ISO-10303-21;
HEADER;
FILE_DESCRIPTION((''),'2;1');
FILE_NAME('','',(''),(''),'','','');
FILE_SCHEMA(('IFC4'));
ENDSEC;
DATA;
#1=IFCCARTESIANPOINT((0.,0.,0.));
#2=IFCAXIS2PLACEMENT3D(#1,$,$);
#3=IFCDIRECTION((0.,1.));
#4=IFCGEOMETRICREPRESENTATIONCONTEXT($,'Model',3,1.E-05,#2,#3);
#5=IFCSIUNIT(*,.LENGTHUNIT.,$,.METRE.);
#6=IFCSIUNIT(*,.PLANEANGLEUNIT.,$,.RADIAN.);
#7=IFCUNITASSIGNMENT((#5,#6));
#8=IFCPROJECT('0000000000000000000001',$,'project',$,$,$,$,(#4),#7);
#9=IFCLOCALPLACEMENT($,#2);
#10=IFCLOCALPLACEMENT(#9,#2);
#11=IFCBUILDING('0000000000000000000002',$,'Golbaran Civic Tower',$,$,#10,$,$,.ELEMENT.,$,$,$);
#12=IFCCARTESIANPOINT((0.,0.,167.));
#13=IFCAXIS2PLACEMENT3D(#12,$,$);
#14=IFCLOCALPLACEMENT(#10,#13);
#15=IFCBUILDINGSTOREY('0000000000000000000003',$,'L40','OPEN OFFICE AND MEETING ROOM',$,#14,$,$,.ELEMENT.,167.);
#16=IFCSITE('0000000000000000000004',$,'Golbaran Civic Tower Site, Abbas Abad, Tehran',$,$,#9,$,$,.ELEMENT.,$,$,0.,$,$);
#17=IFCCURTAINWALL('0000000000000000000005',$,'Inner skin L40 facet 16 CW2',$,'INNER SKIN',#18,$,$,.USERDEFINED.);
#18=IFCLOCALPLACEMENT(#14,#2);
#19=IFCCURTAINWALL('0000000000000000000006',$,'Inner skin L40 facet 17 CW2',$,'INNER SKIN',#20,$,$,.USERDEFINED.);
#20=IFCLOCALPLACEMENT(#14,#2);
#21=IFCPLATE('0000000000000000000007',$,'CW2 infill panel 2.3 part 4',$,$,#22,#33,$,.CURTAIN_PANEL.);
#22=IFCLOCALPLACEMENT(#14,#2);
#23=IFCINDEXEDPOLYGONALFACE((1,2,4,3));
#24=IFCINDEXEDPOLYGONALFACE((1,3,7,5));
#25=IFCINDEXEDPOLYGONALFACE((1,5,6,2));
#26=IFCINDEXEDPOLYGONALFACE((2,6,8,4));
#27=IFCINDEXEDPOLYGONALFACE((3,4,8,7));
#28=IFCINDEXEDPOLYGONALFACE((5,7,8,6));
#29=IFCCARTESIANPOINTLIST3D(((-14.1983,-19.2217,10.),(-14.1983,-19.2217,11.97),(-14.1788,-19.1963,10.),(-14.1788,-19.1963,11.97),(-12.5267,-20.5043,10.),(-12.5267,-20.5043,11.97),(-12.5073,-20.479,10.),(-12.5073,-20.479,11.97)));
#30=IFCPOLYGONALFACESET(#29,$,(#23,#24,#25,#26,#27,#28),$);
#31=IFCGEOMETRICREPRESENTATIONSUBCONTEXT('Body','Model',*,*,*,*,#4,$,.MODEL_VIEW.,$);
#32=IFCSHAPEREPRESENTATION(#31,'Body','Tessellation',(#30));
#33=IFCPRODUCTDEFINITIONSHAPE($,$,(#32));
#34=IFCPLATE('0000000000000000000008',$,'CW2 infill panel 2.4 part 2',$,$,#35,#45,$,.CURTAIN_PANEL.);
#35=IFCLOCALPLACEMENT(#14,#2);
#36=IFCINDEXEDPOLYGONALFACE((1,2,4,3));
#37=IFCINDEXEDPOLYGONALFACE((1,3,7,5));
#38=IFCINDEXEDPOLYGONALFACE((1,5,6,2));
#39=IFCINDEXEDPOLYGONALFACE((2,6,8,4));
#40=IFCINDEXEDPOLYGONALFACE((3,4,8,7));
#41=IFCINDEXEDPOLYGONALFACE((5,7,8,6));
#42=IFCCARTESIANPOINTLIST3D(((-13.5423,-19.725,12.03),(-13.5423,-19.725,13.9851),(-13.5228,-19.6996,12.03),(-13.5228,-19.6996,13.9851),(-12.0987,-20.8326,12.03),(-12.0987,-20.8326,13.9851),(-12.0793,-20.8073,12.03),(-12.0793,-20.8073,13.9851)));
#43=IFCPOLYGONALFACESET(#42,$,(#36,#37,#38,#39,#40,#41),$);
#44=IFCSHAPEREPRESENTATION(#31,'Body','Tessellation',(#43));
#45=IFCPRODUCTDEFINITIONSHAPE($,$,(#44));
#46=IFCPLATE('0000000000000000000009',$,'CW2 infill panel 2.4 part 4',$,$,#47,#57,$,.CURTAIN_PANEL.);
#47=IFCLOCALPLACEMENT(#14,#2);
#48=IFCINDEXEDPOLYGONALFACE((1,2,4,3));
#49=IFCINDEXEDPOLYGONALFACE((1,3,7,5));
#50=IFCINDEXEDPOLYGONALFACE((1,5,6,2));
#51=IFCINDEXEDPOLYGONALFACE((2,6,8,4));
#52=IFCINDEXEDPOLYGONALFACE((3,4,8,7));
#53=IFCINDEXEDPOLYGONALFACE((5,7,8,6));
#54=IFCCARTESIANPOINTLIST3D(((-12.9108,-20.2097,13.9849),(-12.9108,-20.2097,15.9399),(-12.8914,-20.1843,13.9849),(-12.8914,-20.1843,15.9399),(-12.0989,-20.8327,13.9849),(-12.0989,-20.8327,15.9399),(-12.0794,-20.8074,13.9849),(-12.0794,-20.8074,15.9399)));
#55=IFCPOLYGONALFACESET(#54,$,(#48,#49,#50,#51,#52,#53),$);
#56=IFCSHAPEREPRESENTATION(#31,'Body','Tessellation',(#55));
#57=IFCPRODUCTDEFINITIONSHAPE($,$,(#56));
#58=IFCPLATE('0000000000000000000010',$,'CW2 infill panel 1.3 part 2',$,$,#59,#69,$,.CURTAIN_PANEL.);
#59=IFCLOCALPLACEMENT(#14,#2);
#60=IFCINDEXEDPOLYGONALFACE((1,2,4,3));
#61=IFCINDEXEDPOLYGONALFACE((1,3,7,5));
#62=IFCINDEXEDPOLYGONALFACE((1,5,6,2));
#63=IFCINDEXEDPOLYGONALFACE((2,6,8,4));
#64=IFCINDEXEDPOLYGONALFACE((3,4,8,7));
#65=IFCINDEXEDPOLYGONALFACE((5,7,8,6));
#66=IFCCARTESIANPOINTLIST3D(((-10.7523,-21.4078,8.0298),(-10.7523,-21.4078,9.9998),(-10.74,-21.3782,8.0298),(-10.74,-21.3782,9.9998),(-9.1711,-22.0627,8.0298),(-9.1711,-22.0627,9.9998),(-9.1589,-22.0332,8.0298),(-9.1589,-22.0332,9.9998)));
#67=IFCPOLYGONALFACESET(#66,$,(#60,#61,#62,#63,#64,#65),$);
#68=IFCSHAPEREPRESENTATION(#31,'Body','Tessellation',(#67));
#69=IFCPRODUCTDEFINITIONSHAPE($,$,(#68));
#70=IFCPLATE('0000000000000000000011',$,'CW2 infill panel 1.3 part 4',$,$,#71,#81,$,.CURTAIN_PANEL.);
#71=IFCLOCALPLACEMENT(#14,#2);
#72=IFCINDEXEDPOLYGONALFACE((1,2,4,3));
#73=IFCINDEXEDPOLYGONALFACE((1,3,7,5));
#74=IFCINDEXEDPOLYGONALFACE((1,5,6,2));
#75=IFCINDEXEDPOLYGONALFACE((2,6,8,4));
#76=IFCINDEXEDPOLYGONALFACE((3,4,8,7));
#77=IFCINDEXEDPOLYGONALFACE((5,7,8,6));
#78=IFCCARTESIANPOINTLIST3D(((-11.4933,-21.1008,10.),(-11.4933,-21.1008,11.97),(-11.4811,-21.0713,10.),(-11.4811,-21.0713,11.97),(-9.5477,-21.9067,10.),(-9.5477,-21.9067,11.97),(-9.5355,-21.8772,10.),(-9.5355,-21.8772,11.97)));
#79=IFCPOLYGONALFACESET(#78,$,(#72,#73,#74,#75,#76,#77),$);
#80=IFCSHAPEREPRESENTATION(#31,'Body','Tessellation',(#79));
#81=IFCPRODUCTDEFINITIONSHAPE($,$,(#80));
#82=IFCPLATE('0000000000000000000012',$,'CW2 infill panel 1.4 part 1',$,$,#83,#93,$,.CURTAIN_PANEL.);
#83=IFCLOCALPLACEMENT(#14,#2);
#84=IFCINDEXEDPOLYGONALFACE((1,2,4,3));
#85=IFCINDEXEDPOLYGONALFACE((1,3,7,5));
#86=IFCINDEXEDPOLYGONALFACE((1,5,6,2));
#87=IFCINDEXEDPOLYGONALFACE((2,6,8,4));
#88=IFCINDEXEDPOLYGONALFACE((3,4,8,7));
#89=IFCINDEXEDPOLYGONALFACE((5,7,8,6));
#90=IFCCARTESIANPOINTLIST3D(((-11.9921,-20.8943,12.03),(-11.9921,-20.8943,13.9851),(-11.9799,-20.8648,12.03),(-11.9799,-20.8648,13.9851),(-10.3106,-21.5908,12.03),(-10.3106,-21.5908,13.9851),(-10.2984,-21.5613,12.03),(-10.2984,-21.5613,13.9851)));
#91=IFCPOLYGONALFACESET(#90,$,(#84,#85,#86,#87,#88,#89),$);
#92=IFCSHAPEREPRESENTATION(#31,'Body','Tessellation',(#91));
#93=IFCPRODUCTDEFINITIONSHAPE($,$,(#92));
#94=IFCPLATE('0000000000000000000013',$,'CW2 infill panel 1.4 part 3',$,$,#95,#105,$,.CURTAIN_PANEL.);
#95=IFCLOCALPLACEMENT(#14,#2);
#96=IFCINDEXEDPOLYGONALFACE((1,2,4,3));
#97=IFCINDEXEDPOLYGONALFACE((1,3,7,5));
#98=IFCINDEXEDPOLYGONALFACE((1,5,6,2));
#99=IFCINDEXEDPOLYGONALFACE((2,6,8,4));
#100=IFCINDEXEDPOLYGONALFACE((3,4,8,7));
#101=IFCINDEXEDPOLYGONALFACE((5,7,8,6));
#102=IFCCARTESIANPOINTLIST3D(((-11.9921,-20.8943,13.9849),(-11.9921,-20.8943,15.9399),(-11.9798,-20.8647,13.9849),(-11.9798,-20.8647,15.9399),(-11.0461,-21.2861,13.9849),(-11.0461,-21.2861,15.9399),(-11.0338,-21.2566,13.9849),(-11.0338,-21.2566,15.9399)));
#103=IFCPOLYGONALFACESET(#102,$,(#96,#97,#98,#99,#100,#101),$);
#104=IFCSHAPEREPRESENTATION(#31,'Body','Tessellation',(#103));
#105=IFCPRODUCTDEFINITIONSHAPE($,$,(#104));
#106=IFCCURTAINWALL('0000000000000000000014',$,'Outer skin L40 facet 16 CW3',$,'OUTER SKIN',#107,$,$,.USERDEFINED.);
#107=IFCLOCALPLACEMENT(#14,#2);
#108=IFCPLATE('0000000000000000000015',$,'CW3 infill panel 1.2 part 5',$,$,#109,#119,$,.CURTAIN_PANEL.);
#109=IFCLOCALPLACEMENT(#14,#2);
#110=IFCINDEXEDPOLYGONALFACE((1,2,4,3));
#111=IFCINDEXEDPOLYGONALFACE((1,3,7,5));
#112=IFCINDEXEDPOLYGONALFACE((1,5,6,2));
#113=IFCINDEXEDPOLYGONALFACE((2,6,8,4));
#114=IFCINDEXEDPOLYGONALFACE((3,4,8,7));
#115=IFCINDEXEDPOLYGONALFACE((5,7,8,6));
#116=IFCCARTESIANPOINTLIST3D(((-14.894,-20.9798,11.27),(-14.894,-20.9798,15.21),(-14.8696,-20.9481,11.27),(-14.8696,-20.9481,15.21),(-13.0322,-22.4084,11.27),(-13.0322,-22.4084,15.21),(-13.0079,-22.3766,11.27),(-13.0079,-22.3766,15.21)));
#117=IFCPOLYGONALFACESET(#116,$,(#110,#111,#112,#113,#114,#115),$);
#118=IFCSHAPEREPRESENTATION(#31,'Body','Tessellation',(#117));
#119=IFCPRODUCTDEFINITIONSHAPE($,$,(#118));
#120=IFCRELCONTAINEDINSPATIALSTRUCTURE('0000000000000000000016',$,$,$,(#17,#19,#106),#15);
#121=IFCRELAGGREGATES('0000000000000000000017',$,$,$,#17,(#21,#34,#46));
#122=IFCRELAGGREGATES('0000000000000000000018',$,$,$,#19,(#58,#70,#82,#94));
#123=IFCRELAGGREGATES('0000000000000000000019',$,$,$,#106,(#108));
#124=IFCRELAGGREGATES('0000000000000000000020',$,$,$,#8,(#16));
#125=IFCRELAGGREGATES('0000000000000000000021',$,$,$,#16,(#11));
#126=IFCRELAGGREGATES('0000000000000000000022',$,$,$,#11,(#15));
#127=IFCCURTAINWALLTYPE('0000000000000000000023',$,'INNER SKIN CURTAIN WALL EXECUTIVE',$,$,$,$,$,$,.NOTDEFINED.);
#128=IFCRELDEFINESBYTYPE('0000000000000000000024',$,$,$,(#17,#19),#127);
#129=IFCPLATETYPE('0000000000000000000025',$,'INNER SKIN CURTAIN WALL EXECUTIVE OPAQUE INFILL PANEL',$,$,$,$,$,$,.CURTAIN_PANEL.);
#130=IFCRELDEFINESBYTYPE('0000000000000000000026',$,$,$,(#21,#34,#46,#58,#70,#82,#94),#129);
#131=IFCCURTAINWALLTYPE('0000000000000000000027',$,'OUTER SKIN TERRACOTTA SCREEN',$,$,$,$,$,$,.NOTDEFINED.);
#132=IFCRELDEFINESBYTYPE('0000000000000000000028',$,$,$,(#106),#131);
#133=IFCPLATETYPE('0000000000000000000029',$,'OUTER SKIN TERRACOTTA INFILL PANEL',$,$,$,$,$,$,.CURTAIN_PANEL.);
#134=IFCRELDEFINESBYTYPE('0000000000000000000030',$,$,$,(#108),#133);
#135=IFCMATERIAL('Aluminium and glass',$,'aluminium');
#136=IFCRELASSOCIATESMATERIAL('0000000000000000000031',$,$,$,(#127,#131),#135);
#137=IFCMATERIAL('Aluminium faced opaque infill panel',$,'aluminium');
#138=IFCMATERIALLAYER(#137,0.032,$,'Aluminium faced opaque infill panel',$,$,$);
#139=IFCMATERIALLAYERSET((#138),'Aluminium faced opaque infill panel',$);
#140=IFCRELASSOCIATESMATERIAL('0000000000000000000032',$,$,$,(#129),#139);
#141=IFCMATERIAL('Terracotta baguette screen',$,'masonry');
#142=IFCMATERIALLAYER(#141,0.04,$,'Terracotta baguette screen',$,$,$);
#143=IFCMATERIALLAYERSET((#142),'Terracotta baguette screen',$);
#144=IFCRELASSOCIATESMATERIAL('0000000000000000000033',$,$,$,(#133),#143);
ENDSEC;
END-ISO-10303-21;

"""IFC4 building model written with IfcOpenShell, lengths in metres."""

from ifc_helpers import new_model, si_unit, direction, frame, origin, origin_2d, place, context, subcontext, project, spatial, rectangle, extrude, material, layer, layer_set, type_object, element, aggregate, save


model = new_model("IFC4")

# Units and contexts
model_context = context("Model", 3, precision=1e-05, world=origin(), true_north=direction((0.0, 1.0)))
body_context = subcontext(model_context, "Body", "Model", "MODEL_VIEW")
ifc_project = project(units=[si_unit("LENGTHUNIT", "METRE"), si_unit("PLANEANGLEUNIT", "RADIAN")], contexts=[model_context])

# Site, building, storey
site_placement = place(None, origin())
site = spatial("IfcSite", under=ifc_project, at=site_placement, Name="Golbaran Civic Tower Site, Abbas Abad, Tehran", CompositionType="ELEMENT", RefElevation=0.0)
building_placement = place(site_placement, origin())
building = spatial("IfcBuilding", under=site, at=building_placement, Name="Golbaran Civic Tower", CompositionType="ELEMENT")
storey_placement = place(building_placement, frame((0.0, 0.0, 167.0)))
storey = spatial("IfcBuildingStorey", under=building, at=storey_placement, Name="L40", Description="OPEN OFFICE AND MEETING ROOM", CompositionType="ELEMENT", Elevation=167.0)

# Curtain wall
ifc_material_1 = material(Name="Aluminium and glass", Category="aluminium")
curtain_wall_type_1 = type_object("IfcCurtainWallType", Name="INNER SKIN CURTAIN WALL EXECUTIVE", PredefinedType="NOTDEFINED", material=ifc_material_1)
curtain_wall_1_placement = place(storey_placement, origin())
curtain_wall_1 = element("IfcCurtainWall", 1, at=curtain_wall_1_placement, inside=storey, type_object=curtain_wall_type_1, Name="Inner skin L40 facet 16 CW2", ObjectType="INNER SKIN", PredefinedType="USERDEFINED")

# Curtain wall
curtain_wall_2_placement = place(storey_placement, origin())
curtain_wall_2 = element("IfcCurtainWall", 2, at=curtain_wall_2_placement, inside=storey, type_object=curtain_wall_type_1, Name="Inner skin L40 facet 17 CW2", ObjectType="INNER SKIN", PredefinedType="USERDEFINED")

# Plates
ifc_material_2 = material(Name="Aluminium faced opaque infill panel", Category="aluminium")
ifc_layer_1 = layer(ifc_material_2, 0.032, Name="Aluminium faced opaque infill panel")
ifc_layer_set_1 = layer_set([ifc_layer_1], Name="Aluminium faced opaque infill panel")
plate_type_1 = type_object("IfcPlateType", Name="INNER SKIN CURTAIN WALL EXECUTIVE OPAQUE INFILL PANEL", PredefinedType="CURTAIN_PANEL", material=ifc_layer_set_1)
plate_1_placement = place(storey_placement, frame((-13.3528, -19.8503, 10.0), z_axis=(0.0, 0.0, 1.0), x_axis=(0.793353, -0.608761, 0.0)))
plate_1 = element("IfcPlate", 3, at=plate_1_placement, type_object=plate_type_1, Name="CW2 infill panel 2.3 part 4", PredefinedType="CURTAIN_PANEL", context=body_context, shape_type="SweptSolid", body=[
    extrude(rectangle(XDim=2.1069, YDim=0.032, at=origin_2d()), origin(), (0.0, 0.0, 1.0), 1.97),
])
plate_2_placement = place(storey_placement, frame((-12.8108, -20.2661, 12.03), z_axis=(0.0, 0.0, 1.0), x_axis=(0.793353, -0.608761, 0.0)))
plate_2 = element("IfcPlate", 4, at=plate_2_placement, type_object=plate_type_1, Name="CW2 infill panel 2.4 part 2", PredefinedType="CURTAIN_PANEL", context=body_context, shape_type="SweptSolid", body=[
    extrude(rectangle(XDim=1.8196, YDim=0.032, at=origin_2d()), origin(), (0.0, 0.0, 1.0), 1.9551),
])
plate_3_placement = place(storey_placement, frame((-12.4951, -20.5085, 13.9849), z_axis=(0.0, 0.0, 1.0), x_axis=(0.793353, -0.608761, 0.0)))
plate_3 = element("IfcPlate", 5, at=plate_3_placement, type_object=plate_type_1, Name="CW2 infill panel 2.4 part 4", PredefinedType="CURTAIN_PANEL", context=body_context, shape_type="SweptSolid", body=[
    extrude(rectangle(XDim=1.0234, YDim=0.032, at=origin_2d()), origin(), (0.0, 0.0, 1.0), 1.9551),
])
aggregate(curtain_wall_1, [plate_1, plate_2, plate_3])
plate_4_placement = place(storey_placement, frame((-9.9556, -21.7205, 8.0298), z_axis=(0.0, 0.0, 1.0), x_axis=(0.92388, -0.382683, 0.0)))
plate_4 = element("IfcPlate", 6, at=plate_4_placement, type_object=plate_type_1, Name="CW2 infill panel 1.3 part 2", PredefinedType="CURTAIN_PANEL", context=body_context, shape_type="SweptSolid", body=[
    extrude(rectangle(XDim=1.7114, YDim=0.032, at=origin_2d()), origin(), (0.0, 0.0, 1.0), 1.97),
])
plate_5_placement = place(storey_placement, frame((-10.5144, -21.489, 10.0), z_axis=(0.0, 0.0, 1.0), x_axis=(0.92388, -0.382683, 0.0)))
plate_5 = element("IfcPlate", 7, at=plate_5_placement, type_object=plate_type_1, Name="CW2 infill panel 1.3 part 4", PredefinedType="CURTAIN_PANEL", context=body_context, shape_type="SweptSolid", body=[
    extrude(rectangle(XDim=2.106, YDim=0.032, at=origin_2d()), origin(), (0.0, 0.0, 1.0), 1.97),
])
plate_6_placement = place(storey_placement, frame((-11.1453, -21.2278, 12.03), z_axis=(0.0, 0.0, 1.0), x_axis=(0.92388, -0.382683, 0.0)))
plate_6 = element("IfcPlate", 8, at=plate_6_placement, type_object=plate_type_1, Name="CW2 infill panel 1.4 part 1", PredefinedType="CURTAIN_PANEL", context=body_context, shape_type="SweptSolid", body=[
    extrude(rectangle(XDim=1.8201, YDim=0.032, at=origin_2d()), origin(), (0.0, 0.0, 1.0), 1.9551),
])
plate_7_placement = place(storey_placement, frame((-11.5129, -21.0754, 13.9849), z_axis=(0.0, 0.0, 1.0), x_axis=(0.92388, -0.382683, 0.0)))
plate_7 = element("IfcPlate", 9, at=plate_7_placement, type_object=plate_type_1, Name="CW2 infill panel 1.4 part 3", PredefinedType="CURTAIN_PANEL", context=body_context, shape_type="SweptSolid", body=[
    extrude(rectangle(XDim=1.0239, YDim=0.032, at=origin_2d()), origin(), (0.0, 0.0, 1.0), 1.9551),
])
aggregate(curtain_wall_2, [plate_4, plate_5, plate_6, plate_7])

# Curtain wall, plate
curtain_wall_type_2 = type_object("IfcCurtainWallType", Name="OUTER SKIN TERRACOTTA SCREEN", PredefinedType="NOTDEFINED", material=ifc_material_1)
curtain_wall_3_placement = place(storey_placement, origin())
curtain_wall_3 = element("IfcCurtainWall", 10, at=curtain_wall_3_placement, inside=storey, type_object=curtain_wall_type_2, Name="Outer skin L40 facet 16 CW3", ObjectType="OUTER SKIN", PredefinedType="USERDEFINED")
ifc_material_3 = material(Name="Terracotta baguette screen", Category="masonry")
ifc_layer_2 = layer(ifc_material_3, 0.04, Name="Terracotta baguette screen")
ifc_layer_set_2 = layer_set([ifc_layer_2], Name="Terracotta baguette screen")
plate_type_2 = type_object("IfcPlateType", Name="OUTER SKIN TERRACOTTA INFILL PANEL", PredefinedType="CURTAIN_PANEL", material=ifc_layer_set_2)
plate_8_placement = place(storey_placement, frame((-13.9509, -21.6782, 11.27), z_axis=(0.0, 0.0, 1.0), x_axis=(0.793353, -0.608761, 0.0)))
plate_8 = element("IfcPlate", 11, at=plate_8_placement, type_object=plate_type_2, Name="CW3 infill panel 1.2 part 5", PredefinedType="CURTAIN_PANEL", context=body_context, shape_type="SweptSolid", body=[
    extrude(rectangle(XDim=2.3467, YDim=0.04, at=origin_2d()), origin(), (0.0, 0.0, 1.0), 3.9399),
])
aggregate(curtain_wall_3, [plate_8])

save(model, "model.ifc")
